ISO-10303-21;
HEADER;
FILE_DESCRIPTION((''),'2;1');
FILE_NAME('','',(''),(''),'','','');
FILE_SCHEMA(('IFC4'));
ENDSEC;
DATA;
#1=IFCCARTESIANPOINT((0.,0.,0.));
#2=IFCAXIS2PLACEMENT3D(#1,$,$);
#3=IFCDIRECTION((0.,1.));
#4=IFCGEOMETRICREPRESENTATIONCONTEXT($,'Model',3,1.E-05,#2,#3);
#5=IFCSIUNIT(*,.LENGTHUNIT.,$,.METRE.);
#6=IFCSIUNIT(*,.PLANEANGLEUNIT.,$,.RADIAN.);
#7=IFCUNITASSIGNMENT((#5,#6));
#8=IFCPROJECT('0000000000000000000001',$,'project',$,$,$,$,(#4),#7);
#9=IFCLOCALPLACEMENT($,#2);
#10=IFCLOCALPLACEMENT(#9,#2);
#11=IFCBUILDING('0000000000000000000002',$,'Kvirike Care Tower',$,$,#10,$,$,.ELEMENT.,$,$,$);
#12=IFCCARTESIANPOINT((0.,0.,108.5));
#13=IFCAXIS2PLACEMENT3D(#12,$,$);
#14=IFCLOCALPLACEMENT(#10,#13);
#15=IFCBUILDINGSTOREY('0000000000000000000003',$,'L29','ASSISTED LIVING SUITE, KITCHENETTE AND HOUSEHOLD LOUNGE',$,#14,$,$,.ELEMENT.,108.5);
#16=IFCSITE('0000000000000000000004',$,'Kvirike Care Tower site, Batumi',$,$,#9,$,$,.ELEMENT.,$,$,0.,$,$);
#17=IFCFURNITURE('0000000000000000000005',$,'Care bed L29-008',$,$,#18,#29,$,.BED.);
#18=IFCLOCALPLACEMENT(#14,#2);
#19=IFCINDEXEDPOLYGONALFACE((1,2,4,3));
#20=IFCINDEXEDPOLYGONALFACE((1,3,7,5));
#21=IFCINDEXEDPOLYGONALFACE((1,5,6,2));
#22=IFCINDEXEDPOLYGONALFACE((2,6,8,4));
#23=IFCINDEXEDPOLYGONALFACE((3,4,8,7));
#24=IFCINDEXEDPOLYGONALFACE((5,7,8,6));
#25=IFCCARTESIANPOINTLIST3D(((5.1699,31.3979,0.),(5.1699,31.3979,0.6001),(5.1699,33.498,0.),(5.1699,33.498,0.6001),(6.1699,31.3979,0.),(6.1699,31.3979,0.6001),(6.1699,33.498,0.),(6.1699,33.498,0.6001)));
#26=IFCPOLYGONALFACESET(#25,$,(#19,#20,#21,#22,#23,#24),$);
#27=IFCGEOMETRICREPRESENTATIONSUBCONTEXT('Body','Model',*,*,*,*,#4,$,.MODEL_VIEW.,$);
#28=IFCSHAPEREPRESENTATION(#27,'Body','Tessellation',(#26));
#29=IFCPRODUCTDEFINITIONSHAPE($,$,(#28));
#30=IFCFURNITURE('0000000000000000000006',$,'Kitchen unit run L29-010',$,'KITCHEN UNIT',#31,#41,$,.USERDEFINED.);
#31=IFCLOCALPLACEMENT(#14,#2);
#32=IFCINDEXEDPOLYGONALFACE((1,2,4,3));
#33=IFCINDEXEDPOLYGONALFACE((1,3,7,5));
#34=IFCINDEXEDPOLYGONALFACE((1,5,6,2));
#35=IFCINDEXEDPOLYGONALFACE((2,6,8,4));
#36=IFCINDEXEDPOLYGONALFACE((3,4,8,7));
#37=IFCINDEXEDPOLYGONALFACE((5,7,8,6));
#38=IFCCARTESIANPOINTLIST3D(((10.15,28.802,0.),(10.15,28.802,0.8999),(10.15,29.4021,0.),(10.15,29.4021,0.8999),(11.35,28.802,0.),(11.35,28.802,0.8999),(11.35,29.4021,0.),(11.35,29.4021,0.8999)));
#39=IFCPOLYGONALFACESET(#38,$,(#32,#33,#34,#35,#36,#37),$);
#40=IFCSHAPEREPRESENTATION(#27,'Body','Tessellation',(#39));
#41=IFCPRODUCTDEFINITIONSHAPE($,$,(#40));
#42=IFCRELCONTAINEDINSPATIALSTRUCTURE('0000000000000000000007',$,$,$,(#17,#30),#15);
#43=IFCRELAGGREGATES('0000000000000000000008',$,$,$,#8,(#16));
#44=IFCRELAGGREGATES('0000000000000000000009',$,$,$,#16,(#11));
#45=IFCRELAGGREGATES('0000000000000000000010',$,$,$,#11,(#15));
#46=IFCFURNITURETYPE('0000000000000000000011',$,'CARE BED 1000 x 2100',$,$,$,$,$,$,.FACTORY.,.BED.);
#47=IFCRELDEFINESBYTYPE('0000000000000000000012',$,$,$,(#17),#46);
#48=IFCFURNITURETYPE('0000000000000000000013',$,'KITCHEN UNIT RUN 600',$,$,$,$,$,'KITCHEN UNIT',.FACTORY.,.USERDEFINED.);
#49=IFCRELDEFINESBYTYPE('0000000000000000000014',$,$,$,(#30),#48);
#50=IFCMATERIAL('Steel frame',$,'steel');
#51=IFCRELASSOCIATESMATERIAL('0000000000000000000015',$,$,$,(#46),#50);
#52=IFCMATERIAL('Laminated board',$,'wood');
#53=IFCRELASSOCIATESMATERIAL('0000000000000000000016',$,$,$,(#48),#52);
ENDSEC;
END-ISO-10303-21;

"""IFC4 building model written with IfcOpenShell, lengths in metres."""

from ifc_helpers import new_model, si_unit, direction, frame, origin, origin_2d, place, context, subcontext, project, spatial, rectangle, extrude, material, type_object, element, save


model = new_model("IFC4")

# Units and contexts
model_context = context("Model", 3, precision=1e-05, world=origin(), true_north=direction((0.0, 1.0)))
body_context = subcontext(model_context, "Body", "Model", "MODEL_VIEW")
ifc_project = project(units=[si_unit("LENGTHUNIT", "METRE"), si_unit("PLANEANGLEUNIT", "RADIAN")], contexts=[model_context])

# Site, building, storey
site_placement = place(None, origin())
site = spatial("IfcSite", under=ifc_project, at=site_placement, Name="Kvirike Care Tower site, Batumi", CompositionType="ELEMENT", RefElevation=0.0)
building_placement = place(site_placement, origin())
building = spatial("IfcBuilding", under=site, at=building_placement, Name="Kvirike Care Tower", CompositionType="ELEMENT")
storey_placement = place(building_placement, frame((0.0, 0.0, 108.5)))
storey = spatial("IfcBuildingStorey", under=building, at=storey_placement, Name="L29", Description="ASSISTED LIVING SUITE, KITCHENETTE AND HOUSEHOLD LOUNGE", CompositionType="ELEMENT", Elevation=108.5)

# Furniture
ifc_material_1 = material(Name="Steel frame", Category="steel")
furniture_type_1 = type_object("IfcFurnitureType", Name="CARE BED 1000 x 2100", AssemblyPlace="FACTORY", PredefinedType="BED", material=ifc_material_1)
furniture_1_placement = place(storey_placement, frame((5.6699, 32.448, 0.0), z_axis=(0.0, 0.0, 1.0), x_axis=(1.0, 0.0, 0.0)))
element("IfcFurniture", 1, at=furniture_1_placement, inside=storey, type_object=furniture_type_1, Name="Care bed L29-008", PredefinedType="BED", context=body_context, shape_type="SweptSolid", body=[
    extrude(rectangle(XDim=1.0, YDim=2.1001, at=origin_2d()), origin(), (0.0, 0.0, 1.0), 0.6001),
])
ifc_material_2 = material(Name="Laminated board", Category="wood")
furniture_type_2 = type_object("IfcFurnitureType", Name="KITCHEN UNIT RUN 600", ElementType="KITCHEN UNIT", AssemblyPlace="FACTORY", PredefinedType="USERDEFINED", material=ifc_material_2)
furniture_2_placement = place(storey_placement, frame((10.75, 29.1021, 0.0), z_axis=(0.0, 0.0, 1.0), x_axis=(-1.0, 0.0, 0.0)))
element("IfcFurniture", 2, at=furniture_2_placement, inside=storey, type_object=furniture_type_2, Name="Kitchen unit run L29-010", ObjectType="KITCHEN UNIT", PredefinedType="USERDEFINED", context=body_context, shape_type="SweptSolid", body=[
    extrude(rectangle(XDim=1.2, YDim=0.6001, at=origin_2d()), origin(), (0.0, 0.0, 1.0), 0.8999),
])

save(model, "model.ifc")
